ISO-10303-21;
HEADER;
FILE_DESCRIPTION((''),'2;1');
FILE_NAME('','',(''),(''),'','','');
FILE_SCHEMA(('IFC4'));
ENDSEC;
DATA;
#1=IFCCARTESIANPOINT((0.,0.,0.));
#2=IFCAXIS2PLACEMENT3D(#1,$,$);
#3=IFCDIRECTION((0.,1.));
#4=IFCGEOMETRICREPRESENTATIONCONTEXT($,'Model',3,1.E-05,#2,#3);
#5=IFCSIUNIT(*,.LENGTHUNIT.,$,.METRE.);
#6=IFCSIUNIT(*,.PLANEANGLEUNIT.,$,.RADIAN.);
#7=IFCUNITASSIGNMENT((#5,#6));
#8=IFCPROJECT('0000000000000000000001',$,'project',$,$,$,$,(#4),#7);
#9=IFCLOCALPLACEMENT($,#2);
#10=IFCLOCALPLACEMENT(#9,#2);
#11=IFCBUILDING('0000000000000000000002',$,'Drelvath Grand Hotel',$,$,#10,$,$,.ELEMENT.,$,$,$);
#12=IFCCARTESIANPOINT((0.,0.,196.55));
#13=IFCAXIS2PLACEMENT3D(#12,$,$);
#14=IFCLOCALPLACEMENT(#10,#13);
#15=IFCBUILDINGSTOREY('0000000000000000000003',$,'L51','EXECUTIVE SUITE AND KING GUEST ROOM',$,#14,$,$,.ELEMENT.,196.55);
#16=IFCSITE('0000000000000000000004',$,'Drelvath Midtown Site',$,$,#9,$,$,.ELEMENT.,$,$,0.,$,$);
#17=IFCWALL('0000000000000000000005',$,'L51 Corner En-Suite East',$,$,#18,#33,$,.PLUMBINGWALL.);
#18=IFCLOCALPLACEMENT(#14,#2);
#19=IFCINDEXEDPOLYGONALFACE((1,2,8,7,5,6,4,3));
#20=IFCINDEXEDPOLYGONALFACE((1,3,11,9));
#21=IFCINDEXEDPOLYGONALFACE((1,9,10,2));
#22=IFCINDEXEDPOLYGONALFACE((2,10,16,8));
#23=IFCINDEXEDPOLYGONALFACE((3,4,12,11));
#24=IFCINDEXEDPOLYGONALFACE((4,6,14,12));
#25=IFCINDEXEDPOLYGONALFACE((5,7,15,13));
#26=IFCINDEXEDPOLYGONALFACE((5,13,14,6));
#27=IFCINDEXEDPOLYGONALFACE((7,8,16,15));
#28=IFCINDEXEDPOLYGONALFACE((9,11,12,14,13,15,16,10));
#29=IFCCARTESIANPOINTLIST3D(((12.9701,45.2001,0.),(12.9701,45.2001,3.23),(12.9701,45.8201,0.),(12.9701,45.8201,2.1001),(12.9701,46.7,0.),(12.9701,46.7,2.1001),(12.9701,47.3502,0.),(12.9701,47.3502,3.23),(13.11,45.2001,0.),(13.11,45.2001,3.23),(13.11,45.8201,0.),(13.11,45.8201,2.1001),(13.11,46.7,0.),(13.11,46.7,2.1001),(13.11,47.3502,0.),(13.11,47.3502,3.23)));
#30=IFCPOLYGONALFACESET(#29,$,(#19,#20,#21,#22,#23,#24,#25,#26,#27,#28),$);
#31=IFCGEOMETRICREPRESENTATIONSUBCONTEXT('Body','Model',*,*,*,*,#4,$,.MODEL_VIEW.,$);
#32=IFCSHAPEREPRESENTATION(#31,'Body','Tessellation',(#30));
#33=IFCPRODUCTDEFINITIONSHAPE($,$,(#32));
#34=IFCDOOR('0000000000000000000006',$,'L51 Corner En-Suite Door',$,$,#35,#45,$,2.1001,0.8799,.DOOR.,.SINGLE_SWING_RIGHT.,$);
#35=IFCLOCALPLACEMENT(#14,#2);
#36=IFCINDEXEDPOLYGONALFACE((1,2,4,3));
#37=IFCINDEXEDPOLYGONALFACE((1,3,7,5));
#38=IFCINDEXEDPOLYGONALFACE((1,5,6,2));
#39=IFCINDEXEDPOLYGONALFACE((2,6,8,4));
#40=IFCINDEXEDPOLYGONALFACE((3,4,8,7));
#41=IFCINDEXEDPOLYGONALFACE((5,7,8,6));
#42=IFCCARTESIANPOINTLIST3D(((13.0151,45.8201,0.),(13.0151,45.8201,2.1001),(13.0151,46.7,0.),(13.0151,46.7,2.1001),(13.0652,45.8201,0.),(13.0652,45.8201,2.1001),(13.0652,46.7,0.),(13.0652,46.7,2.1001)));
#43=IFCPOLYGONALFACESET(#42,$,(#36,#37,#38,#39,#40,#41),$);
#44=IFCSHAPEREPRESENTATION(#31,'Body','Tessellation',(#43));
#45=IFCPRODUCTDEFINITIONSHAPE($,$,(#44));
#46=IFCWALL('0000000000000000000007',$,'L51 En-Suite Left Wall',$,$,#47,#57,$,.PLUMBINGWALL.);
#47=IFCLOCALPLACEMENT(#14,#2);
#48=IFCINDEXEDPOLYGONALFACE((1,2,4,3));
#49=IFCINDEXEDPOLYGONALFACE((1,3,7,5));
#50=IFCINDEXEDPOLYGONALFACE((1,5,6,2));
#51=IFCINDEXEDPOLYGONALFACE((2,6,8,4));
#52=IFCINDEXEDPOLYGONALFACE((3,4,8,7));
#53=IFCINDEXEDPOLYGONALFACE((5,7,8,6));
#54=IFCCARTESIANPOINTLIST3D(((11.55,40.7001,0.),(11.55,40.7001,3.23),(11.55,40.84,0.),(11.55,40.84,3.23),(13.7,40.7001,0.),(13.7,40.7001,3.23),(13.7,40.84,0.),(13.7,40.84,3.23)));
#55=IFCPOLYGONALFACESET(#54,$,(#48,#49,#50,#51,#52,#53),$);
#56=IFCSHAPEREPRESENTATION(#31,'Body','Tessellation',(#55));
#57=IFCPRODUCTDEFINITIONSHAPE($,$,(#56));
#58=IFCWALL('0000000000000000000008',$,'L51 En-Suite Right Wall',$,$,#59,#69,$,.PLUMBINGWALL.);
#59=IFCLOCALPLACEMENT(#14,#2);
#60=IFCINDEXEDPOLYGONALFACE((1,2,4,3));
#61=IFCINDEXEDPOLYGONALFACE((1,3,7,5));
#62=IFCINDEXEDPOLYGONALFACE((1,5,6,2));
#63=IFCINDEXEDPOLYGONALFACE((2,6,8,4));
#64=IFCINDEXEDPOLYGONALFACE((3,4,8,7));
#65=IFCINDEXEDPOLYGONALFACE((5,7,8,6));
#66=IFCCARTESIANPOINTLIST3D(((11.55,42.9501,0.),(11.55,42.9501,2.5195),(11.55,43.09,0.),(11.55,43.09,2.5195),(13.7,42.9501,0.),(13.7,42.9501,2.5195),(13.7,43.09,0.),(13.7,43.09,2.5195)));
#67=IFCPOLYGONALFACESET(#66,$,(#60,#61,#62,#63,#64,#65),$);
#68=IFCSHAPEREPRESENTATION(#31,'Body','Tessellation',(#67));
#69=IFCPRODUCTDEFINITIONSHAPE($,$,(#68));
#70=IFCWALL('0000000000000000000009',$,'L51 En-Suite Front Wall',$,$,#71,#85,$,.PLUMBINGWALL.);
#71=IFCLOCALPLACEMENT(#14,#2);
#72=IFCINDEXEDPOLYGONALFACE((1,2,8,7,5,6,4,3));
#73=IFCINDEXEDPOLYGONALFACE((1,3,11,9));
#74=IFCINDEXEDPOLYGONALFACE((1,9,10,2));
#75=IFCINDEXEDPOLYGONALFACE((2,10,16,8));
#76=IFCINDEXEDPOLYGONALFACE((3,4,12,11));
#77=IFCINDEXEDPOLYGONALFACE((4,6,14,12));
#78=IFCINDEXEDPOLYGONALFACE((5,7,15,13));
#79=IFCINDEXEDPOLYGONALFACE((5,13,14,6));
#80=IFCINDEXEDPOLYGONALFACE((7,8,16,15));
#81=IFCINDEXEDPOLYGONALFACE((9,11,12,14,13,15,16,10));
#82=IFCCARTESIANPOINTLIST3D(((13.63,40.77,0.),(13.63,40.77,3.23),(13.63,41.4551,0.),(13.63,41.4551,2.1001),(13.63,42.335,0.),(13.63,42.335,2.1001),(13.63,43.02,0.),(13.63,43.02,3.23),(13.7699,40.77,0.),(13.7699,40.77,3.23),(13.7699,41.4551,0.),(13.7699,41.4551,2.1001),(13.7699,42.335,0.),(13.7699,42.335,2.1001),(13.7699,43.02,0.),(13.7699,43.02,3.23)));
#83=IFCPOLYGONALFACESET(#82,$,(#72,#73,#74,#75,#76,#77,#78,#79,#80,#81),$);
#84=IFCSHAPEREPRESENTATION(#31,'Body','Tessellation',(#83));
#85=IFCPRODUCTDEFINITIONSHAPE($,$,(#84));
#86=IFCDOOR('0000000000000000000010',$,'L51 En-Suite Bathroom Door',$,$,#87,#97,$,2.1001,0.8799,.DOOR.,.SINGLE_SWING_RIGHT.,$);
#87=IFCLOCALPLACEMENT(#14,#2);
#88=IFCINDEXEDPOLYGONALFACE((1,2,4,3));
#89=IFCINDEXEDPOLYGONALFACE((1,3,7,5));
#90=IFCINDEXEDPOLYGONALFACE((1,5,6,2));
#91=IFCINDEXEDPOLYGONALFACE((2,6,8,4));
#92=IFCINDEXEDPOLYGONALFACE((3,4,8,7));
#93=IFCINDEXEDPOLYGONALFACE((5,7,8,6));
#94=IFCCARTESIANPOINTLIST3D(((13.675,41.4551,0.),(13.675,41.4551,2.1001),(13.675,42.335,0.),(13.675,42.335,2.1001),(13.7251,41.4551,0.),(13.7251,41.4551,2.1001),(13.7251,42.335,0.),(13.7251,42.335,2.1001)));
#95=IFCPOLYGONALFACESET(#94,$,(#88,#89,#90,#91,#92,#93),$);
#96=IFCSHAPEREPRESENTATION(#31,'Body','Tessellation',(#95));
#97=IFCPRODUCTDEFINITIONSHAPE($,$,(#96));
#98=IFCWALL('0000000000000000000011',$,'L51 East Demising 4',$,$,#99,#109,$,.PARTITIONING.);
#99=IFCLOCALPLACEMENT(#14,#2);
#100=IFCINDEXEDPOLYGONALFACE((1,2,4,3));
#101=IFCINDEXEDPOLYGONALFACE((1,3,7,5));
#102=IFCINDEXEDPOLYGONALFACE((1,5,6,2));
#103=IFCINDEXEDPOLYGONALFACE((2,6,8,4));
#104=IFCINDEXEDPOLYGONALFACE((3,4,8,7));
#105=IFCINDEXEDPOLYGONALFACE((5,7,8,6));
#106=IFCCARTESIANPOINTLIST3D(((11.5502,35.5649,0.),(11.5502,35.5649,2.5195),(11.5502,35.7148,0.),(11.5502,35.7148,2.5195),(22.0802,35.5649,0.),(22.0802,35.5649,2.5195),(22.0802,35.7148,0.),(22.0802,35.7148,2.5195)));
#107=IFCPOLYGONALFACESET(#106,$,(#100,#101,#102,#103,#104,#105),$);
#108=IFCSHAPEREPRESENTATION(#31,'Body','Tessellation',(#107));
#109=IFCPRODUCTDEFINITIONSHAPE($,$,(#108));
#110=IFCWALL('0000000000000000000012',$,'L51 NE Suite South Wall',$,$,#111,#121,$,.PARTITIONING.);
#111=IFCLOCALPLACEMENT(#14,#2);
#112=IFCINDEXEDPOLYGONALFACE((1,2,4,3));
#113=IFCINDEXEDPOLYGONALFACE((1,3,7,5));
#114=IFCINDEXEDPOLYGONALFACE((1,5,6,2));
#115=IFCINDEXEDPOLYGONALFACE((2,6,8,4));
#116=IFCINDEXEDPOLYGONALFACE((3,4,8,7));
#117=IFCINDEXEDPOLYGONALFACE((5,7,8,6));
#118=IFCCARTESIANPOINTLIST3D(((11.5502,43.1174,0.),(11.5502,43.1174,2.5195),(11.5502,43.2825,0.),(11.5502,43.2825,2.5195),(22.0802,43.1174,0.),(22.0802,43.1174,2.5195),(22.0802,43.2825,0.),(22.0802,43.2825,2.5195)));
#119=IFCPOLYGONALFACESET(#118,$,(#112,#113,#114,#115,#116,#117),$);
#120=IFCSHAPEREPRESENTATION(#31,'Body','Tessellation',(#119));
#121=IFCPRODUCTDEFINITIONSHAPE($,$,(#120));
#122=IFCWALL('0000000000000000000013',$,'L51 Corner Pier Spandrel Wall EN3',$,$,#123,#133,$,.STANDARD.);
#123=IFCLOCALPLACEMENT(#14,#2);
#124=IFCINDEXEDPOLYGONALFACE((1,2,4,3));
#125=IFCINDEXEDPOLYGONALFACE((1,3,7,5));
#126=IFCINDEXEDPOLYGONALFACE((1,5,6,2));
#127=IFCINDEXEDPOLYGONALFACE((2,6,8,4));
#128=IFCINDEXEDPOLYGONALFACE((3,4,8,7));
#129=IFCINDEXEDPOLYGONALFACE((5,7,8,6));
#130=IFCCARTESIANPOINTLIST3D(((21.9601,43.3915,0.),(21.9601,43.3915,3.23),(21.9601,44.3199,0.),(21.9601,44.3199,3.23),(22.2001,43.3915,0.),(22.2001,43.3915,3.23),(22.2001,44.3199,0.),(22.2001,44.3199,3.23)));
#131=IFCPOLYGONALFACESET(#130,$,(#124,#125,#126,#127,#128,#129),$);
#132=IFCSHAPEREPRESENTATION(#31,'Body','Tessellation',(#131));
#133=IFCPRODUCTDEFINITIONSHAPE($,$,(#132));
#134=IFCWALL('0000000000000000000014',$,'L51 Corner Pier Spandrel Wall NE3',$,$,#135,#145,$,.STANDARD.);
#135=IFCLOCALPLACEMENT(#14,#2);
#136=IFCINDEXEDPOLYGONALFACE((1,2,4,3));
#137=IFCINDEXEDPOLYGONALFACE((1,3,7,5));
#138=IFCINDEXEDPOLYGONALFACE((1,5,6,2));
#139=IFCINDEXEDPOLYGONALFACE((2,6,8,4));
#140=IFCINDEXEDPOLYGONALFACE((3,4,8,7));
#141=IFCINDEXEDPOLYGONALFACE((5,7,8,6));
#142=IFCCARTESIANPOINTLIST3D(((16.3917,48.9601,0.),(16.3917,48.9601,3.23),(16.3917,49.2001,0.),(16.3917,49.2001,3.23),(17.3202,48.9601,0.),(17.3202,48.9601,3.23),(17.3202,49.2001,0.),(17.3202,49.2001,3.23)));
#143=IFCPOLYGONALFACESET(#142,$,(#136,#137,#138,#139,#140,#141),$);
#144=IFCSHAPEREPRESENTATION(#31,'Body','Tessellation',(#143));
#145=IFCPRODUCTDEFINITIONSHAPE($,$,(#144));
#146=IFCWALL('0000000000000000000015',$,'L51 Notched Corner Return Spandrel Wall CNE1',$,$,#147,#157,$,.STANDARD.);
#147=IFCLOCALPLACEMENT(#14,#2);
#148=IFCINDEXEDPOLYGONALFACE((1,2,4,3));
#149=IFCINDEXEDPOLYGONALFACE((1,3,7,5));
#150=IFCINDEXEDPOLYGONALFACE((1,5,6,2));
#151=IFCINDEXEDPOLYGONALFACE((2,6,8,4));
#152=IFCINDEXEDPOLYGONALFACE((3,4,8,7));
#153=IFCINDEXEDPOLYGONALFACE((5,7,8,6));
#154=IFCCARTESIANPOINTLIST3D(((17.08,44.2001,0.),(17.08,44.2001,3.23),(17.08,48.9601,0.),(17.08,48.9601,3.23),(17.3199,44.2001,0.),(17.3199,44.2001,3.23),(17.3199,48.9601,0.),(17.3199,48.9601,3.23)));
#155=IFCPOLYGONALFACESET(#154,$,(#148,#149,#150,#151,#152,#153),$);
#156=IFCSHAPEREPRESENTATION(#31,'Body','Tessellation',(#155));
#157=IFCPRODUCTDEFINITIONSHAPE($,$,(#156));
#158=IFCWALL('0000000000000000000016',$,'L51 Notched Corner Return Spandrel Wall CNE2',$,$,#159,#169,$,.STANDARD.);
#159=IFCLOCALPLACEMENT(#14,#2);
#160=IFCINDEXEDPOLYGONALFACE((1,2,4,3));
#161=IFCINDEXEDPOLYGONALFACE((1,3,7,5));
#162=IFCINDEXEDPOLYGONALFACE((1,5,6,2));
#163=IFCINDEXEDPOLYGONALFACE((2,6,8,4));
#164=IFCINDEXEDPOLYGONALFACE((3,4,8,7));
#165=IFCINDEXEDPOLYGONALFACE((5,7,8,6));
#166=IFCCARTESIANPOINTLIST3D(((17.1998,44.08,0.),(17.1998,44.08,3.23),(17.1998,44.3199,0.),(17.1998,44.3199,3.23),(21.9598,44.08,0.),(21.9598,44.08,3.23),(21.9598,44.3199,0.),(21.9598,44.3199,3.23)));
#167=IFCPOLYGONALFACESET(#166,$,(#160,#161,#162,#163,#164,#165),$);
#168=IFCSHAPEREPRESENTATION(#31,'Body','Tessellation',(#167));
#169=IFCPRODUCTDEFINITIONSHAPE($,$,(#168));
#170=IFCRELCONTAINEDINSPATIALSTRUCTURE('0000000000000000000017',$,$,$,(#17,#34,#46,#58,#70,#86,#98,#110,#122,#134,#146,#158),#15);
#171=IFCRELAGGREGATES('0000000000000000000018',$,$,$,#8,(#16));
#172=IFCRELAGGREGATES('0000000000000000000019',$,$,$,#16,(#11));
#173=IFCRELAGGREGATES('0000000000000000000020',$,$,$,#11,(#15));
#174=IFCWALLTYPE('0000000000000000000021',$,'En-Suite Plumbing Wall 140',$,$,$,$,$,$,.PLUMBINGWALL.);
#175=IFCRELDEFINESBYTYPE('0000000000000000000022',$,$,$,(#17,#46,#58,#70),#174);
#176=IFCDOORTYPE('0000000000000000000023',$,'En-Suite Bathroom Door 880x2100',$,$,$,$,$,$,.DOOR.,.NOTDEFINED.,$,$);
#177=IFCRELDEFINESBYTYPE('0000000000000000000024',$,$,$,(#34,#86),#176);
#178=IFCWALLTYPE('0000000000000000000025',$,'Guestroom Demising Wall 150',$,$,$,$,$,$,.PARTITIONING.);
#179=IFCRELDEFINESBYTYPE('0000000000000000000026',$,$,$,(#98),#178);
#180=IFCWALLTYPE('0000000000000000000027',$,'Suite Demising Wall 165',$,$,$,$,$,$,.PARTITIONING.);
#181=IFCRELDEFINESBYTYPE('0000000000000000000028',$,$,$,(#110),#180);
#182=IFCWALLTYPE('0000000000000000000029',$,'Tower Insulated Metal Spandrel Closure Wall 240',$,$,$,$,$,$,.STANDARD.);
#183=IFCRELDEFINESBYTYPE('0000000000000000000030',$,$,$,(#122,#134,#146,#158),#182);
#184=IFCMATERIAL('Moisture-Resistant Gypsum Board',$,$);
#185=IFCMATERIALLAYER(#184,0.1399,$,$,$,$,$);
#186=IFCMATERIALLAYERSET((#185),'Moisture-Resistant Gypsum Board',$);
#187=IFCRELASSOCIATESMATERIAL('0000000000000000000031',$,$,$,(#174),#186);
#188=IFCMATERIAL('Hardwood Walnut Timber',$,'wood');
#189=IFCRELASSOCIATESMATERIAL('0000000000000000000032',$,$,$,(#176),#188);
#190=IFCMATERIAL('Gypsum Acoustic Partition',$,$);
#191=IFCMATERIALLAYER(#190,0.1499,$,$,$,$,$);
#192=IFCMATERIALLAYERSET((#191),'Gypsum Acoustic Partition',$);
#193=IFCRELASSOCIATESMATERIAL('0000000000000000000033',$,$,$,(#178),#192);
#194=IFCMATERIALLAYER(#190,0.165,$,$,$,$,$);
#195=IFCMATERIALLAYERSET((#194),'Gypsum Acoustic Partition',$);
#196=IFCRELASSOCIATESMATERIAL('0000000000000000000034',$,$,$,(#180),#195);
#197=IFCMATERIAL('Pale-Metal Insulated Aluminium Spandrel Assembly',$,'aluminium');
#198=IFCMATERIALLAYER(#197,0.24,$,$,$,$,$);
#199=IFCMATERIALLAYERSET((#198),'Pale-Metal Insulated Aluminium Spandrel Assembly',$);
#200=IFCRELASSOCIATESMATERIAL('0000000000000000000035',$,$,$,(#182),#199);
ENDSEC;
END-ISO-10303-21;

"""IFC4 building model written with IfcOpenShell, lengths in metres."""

from ifc_helpers import new_model, si_unit, direction, frame, frame_2d, origin, place, context, subcontext, project, spatial, rectangle, extrude, material, layer, layer_set, type_object, element, fill, save


model = new_model("IFC4")

# Units and contexts
model_context = context("Model", 3, precision=1e-05, world=origin(), true_north=direction((0.0, 1.0)))
body_context = subcontext(model_context, "Body", "Model", "MODEL_VIEW")
ifc_project = project(units=[si_unit("LENGTHUNIT", "METRE"), si_unit("PLANEANGLEUNIT", "RADIAN")], contexts=[model_context])

# Site, building, storey
site_placement = place(None, origin())
site = spatial("IfcSite", under=ifc_project, at=site_placement, Name="Drelvath Midtown Site", CompositionType="ELEMENT", RefElevation=0.0)
building_placement = place(site_placement, origin())
building = spatial("IfcBuilding", under=site, at=building_placement, Name="Drelvath Grand Hotel", CompositionType="ELEMENT")
storey_placement = place(building_placement, frame((0.0, 0.0, 196.55)))
storey = spatial("IfcBuildingStorey", under=building, at=storey_placement, Name="L51", Description="EXECUTIVE SUITE AND KING GUEST ROOM", CompositionType="ELEMENT", Elevation=196.55)

# Wall, opening, door
ifc_material_1 = material(Name="Moisture-Resistant Gypsum Board")
ifc_layer_1 = layer(ifc_material_1, 0.1399)
ifc_layer_set_1 = layer_set([ifc_layer_1], Name="Moisture-Resistant Gypsum Board")
wall_type_1 = type_object("IfcWallType", Name="En-Suite Plumbing Wall 140", PredefinedType="PLUMBINGWALL", material=ifc_layer_set_1)
wall_1_placement = place(storey_placement, frame((13.04, 45.2, 0.0), z_axis=(0.0, 0.0, 1.0), x_axis=(0.0, 1.0, 0.0)))
wall_1 = element("IfcWall", 1, at=wall_1_placement, inside=storey, type_object=wall_type_1, Name="L51 Corner En-Suite East", PredefinedType="PLUMBINGWALL", context=body_context, shape_type="SweptSolid", body=[
    extrude(rectangle(XDim=2.1501, YDim=0.1399, at=frame_2d((1.0752, 0.0))), origin(), (0.0, 0.0, 1.0), 3.23),
])
opening_1_placement = place(wall_1_placement, frame((0.6201, 0.0, 0.0)))
opening_1 = element("IfcOpeningElement", 2, at=opening_1_placement, cuts=wall_1, PredefinedType="OPENING", context=body_context, shape_type="SweptSolid", body=[
    extrude(rectangle(XDim=0.8799, YDim=2.1001, at=frame_2d((0.4399, 1.05))), frame((0.0, 0.0798, 0.0), z_axis=(0.0, -1.0, 0.0), x_axis=(1.0, 0.0, 0.0)), (0.0, 0.0, 1.0), 0.1599),
])
ifc_material_2 = material(Name="Hardwood Walnut Timber", Category="wood")
door_type = type_object("IfcDoorType", Name="En-Suite Bathroom Door 880x2100", OperationType="NOTDEFINED", PredefinedType="DOOR", material=ifc_material_2)
door_1_placement = place(opening_1_placement, origin())
door_1 = element("IfcDoor", 3, at=door_1_placement, inside=storey, type_object=door_type, Name="L51 Corner En-Suite Door", OperationType="SINGLE_SWING_RIGHT", OverallHeight=2.1001, OverallWidth=0.8799, PredefinedType="DOOR", context=body_context, shape_type="SweptSolid", body=[
    extrude(rectangle(XDim=0.8799, YDim=2.1001, at=frame_2d((0.4399, 1.05))), frame((0.0, 0.0249, 0.0), z_axis=(0.0, -1.0, 0.0), x_axis=(1.0, 0.0, 0.0)), (0.0, 0.0, 1.0), 0.05),
])
fill(opening_1, door_1)

# Walls
wall_2_placement = place(storey_placement, frame((11.55, 40.77, 0.0), z_axis=(0.0, 0.0, 1.0), x_axis=(1.0, 0.0, 0.0)))
element("IfcWall", 4, at=wall_2_placement, inside=storey, type_object=wall_type_1, Name="L51 En-Suite Left Wall", PredefinedType="PLUMBINGWALL", context=body_context, shape_type="SweptSolid", body=[
    extrude(rectangle(XDim=2.1499, YDim=0.1399, at=frame_2d((1.075, 0.0))), origin(), (0.0, 0.0, 1.0), 3.23),
])
wall_3_placement = place(storey_placement, frame((11.55, 43.02, 0.0), z_axis=(0.0, 0.0, 1.0), x_axis=(1.0, 0.0, 0.0)))
element("IfcWall", 5, at=wall_3_placement, inside=storey, type_object=wall_type_1, Name="L51 En-Suite Right Wall", PredefinedType="PLUMBINGWALL", context=body_context, shape_type="SweptSolid", body=[
    extrude(rectangle(XDim=2.1499, YDim=0.1399, at=frame_2d((1.075, 0.0))), origin(), (0.0, 0.0, 1.0), 2.5195),
])

# Wall, opening, door
wall_4_placement = place(storey_placement, frame((13.7, 40.77, 0.0), z_axis=(0.0, 0.0, 1.0), x_axis=(0.0, 1.0, 0.0)))
wall_4 = element("IfcWall", 6, at=wall_4_placement, inside=storey, type_object=wall_type_1, Name="L51 En-Suite Front Wall", PredefinedType="PLUMBINGWALL", context=body_context, shape_type="SweptSolid", body=[
    extrude(rectangle(XDim=2.25, YDim=0.1399, at=frame_2d((1.125, 0.0))), origin(), (0.0, 0.0, 1.0), 3.23),
])
opening_2_placement = place(wall_4_placement, frame((0.6851, 0.0, 0.0)))
opening_2 = element("IfcOpeningElement", 7, at=opening_2_placement, cuts=wall_4, PredefinedType="OPENING", context=body_context, shape_type="SweptSolid", body=[
    extrude(rectangle(XDim=0.8799, YDim=2.1001, at=frame_2d((0.4399, 1.05))), frame((0.0, 0.0798, 0.0), z_axis=(0.0, -1.0, 0.0), x_axis=(1.0, 0.0, 0.0)), (0.0, 0.0, 1.0), 0.1599),
])
door_2_placement = place(opening_2_placement, origin())
door_2 = element("IfcDoor", 8, at=door_2_placement, inside=storey, type_object=door_type, Name="L51 En-Suite Bathroom Door", OperationType="SINGLE_SWING_RIGHT", OverallHeight=2.1001, OverallWidth=0.8799, PredefinedType="DOOR", context=body_context, shape_type="SweptSolid", body=[
    extrude(rectangle(XDim=0.8799, YDim=2.1001, at=frame_2d((0.4399, 1.05))), frame((0.0, 0.0249, 0.0), z_axis=(0.0, -1.0, 0.0), x_axis=(1.0, 0.0, 0.0)), (0.0, 0.0, 1.0), 0.05),
])
fill(opening_2, door_2)

# Walls
ifc_material_3 = material(Name="Gypsum Acoustic Partition")
ifc_layer_2 = layer(ifc_material_3, 0.1499)
ifc_layer_set_2 = layer_set([ifc_layer_2], Name="Gypsum Acoustic Partition")
wall_type_2 = type_object("IfcWallType", Name="Guestroom Demising Wall 150", PredefinedType="PARTITIONING", material=ifc_layer_set_2)
wall_5_placement = place(storey_placement, frame((11.55, 35.6399, 0.0), z_axis=(0.0, 0.0, 1.0), x_axis=(1.0, 0.0, 0.0)))
element("IfcWall", 9, at=wall_5_placement, inside=storey, type_object=wall_type_2, Name="L51 East Demising 4", PredefinedType="PARTITIONING", context=body_context, shape_type="SweptSolid", body=[
    extrude(rectangle(XDim=10.53, YDim=0.1499, at=frame_2d((5.2651, 0.0))), origin(), (0.0, 0.0, 1.0), 2.5195),
])
ifc_layer_3 = layer(ifc_material_3, 0.165)
ifc_layer_set_3 = layer_set([ifc_layer_3], Name="Gypsum Acoustic Partition")
wall_type_3 = type_object("IfcWallType", Name="Suite Demising Wall 165", PredefinedType="PARTITIONING", material=ifc_layer_set_3)
wall_6_placement = place(storey_placement, frame((11.55, 43.2, 0.0), z_axis=(0.0, 0.0, 1.0), x_axis=(1.0, 0.0, 0.0)))
element("IfcWall", 10, at=wall_6_placement, inside=storey, type_object=wall_type_3, Name="L51 NE Suite South Wall", PredefinedType="PARTITIONING", context=body_context, shape_type="SweptSolid", body=[
    extrude(rectangle(XDim=10.53, YDim=0.165, at=frame_2d((5.2651, 0.0))), origin(), (0.0, 0.0, 1.0), 2.5195),
])
ifc_material_4 = material(Name="Pale-Metal Insulated Aluminium Spandrel Assembly", Category="aluminium")
ifc_layer_4 = layer(ifc_material_4, 0.24)
ifc_layer_set_4 = layer_set([ifc_layer_4], Name="Pale-Metal Insulated Aluminium Spandrel Assembly")
wall_type_4 = type_object("IfcWallType", Name="Tower Insulated Metal Spandrel Closure Wall 240", PredefinedType="STANDARD", material=ifc_layer_set_4)
for number, where, z_axis, x_axis, name in (
    (11, (22.0801, 44.3201, 0.0), (0.0, 0.0, 1.0), (0.0, -1.0, 0.0), "L51 Corner Pier Spandrel Wall EN3"),
    (12, (16.3916, 49.0801, 0.0), (0.0, 0.0, 1.0), (1.0, 0.0, 0.0), "L51 Corner Pier Spandrel Wall NE3"),
):
    element("IfcWall", number, at=place(storey_placement, frame(where, z_axis=z_axis, x_axis=x_axis)), inside=storey, type_object=wall_type_4, Name=name, PredefinedType="STANDARD", context=body_context, shape_type="SweptSolid", body=[
        extrude(rectangle(XDim=0.9285, YDim=0.24, at=frame_2d((0.4644, 0.0))), origin(), (0.0, 0.0, 1.0), 3.23),
    ])
for number, where, z_axis, x_axis, name in (
    (13, (17.2, 48.96, 0.0), (0.0, 0.0, 1.0), (0.0, -1.0, 0.0), "L51 Notched Corner Return Spandrel Wall CNE1"),
    (14, (17.2, 44.2, 0.0), (0.0, 0.0, 1.0), (1.0, 0.0, 0.0), "L51 Notched Corner Return Spandrel Wall CNE2"),
):
    element("IfcWall", number, at=place(storey_placement, frame(where, z_axis=z_axis, x_axis=x_axis)), inside=storey, type_object=wall_type_4, Name=name, PredefinedType="STANDARD", context=body_context, shape_type="SweptSolid", body=[
        extrude(rectangle(XDim=4.76, YDim=0.24, at=frame_2d((2.3799, 0.0))), origin(), (0.0, 0.0, 1.0), 3.23),
    ])

save(model, "model.ifc")
